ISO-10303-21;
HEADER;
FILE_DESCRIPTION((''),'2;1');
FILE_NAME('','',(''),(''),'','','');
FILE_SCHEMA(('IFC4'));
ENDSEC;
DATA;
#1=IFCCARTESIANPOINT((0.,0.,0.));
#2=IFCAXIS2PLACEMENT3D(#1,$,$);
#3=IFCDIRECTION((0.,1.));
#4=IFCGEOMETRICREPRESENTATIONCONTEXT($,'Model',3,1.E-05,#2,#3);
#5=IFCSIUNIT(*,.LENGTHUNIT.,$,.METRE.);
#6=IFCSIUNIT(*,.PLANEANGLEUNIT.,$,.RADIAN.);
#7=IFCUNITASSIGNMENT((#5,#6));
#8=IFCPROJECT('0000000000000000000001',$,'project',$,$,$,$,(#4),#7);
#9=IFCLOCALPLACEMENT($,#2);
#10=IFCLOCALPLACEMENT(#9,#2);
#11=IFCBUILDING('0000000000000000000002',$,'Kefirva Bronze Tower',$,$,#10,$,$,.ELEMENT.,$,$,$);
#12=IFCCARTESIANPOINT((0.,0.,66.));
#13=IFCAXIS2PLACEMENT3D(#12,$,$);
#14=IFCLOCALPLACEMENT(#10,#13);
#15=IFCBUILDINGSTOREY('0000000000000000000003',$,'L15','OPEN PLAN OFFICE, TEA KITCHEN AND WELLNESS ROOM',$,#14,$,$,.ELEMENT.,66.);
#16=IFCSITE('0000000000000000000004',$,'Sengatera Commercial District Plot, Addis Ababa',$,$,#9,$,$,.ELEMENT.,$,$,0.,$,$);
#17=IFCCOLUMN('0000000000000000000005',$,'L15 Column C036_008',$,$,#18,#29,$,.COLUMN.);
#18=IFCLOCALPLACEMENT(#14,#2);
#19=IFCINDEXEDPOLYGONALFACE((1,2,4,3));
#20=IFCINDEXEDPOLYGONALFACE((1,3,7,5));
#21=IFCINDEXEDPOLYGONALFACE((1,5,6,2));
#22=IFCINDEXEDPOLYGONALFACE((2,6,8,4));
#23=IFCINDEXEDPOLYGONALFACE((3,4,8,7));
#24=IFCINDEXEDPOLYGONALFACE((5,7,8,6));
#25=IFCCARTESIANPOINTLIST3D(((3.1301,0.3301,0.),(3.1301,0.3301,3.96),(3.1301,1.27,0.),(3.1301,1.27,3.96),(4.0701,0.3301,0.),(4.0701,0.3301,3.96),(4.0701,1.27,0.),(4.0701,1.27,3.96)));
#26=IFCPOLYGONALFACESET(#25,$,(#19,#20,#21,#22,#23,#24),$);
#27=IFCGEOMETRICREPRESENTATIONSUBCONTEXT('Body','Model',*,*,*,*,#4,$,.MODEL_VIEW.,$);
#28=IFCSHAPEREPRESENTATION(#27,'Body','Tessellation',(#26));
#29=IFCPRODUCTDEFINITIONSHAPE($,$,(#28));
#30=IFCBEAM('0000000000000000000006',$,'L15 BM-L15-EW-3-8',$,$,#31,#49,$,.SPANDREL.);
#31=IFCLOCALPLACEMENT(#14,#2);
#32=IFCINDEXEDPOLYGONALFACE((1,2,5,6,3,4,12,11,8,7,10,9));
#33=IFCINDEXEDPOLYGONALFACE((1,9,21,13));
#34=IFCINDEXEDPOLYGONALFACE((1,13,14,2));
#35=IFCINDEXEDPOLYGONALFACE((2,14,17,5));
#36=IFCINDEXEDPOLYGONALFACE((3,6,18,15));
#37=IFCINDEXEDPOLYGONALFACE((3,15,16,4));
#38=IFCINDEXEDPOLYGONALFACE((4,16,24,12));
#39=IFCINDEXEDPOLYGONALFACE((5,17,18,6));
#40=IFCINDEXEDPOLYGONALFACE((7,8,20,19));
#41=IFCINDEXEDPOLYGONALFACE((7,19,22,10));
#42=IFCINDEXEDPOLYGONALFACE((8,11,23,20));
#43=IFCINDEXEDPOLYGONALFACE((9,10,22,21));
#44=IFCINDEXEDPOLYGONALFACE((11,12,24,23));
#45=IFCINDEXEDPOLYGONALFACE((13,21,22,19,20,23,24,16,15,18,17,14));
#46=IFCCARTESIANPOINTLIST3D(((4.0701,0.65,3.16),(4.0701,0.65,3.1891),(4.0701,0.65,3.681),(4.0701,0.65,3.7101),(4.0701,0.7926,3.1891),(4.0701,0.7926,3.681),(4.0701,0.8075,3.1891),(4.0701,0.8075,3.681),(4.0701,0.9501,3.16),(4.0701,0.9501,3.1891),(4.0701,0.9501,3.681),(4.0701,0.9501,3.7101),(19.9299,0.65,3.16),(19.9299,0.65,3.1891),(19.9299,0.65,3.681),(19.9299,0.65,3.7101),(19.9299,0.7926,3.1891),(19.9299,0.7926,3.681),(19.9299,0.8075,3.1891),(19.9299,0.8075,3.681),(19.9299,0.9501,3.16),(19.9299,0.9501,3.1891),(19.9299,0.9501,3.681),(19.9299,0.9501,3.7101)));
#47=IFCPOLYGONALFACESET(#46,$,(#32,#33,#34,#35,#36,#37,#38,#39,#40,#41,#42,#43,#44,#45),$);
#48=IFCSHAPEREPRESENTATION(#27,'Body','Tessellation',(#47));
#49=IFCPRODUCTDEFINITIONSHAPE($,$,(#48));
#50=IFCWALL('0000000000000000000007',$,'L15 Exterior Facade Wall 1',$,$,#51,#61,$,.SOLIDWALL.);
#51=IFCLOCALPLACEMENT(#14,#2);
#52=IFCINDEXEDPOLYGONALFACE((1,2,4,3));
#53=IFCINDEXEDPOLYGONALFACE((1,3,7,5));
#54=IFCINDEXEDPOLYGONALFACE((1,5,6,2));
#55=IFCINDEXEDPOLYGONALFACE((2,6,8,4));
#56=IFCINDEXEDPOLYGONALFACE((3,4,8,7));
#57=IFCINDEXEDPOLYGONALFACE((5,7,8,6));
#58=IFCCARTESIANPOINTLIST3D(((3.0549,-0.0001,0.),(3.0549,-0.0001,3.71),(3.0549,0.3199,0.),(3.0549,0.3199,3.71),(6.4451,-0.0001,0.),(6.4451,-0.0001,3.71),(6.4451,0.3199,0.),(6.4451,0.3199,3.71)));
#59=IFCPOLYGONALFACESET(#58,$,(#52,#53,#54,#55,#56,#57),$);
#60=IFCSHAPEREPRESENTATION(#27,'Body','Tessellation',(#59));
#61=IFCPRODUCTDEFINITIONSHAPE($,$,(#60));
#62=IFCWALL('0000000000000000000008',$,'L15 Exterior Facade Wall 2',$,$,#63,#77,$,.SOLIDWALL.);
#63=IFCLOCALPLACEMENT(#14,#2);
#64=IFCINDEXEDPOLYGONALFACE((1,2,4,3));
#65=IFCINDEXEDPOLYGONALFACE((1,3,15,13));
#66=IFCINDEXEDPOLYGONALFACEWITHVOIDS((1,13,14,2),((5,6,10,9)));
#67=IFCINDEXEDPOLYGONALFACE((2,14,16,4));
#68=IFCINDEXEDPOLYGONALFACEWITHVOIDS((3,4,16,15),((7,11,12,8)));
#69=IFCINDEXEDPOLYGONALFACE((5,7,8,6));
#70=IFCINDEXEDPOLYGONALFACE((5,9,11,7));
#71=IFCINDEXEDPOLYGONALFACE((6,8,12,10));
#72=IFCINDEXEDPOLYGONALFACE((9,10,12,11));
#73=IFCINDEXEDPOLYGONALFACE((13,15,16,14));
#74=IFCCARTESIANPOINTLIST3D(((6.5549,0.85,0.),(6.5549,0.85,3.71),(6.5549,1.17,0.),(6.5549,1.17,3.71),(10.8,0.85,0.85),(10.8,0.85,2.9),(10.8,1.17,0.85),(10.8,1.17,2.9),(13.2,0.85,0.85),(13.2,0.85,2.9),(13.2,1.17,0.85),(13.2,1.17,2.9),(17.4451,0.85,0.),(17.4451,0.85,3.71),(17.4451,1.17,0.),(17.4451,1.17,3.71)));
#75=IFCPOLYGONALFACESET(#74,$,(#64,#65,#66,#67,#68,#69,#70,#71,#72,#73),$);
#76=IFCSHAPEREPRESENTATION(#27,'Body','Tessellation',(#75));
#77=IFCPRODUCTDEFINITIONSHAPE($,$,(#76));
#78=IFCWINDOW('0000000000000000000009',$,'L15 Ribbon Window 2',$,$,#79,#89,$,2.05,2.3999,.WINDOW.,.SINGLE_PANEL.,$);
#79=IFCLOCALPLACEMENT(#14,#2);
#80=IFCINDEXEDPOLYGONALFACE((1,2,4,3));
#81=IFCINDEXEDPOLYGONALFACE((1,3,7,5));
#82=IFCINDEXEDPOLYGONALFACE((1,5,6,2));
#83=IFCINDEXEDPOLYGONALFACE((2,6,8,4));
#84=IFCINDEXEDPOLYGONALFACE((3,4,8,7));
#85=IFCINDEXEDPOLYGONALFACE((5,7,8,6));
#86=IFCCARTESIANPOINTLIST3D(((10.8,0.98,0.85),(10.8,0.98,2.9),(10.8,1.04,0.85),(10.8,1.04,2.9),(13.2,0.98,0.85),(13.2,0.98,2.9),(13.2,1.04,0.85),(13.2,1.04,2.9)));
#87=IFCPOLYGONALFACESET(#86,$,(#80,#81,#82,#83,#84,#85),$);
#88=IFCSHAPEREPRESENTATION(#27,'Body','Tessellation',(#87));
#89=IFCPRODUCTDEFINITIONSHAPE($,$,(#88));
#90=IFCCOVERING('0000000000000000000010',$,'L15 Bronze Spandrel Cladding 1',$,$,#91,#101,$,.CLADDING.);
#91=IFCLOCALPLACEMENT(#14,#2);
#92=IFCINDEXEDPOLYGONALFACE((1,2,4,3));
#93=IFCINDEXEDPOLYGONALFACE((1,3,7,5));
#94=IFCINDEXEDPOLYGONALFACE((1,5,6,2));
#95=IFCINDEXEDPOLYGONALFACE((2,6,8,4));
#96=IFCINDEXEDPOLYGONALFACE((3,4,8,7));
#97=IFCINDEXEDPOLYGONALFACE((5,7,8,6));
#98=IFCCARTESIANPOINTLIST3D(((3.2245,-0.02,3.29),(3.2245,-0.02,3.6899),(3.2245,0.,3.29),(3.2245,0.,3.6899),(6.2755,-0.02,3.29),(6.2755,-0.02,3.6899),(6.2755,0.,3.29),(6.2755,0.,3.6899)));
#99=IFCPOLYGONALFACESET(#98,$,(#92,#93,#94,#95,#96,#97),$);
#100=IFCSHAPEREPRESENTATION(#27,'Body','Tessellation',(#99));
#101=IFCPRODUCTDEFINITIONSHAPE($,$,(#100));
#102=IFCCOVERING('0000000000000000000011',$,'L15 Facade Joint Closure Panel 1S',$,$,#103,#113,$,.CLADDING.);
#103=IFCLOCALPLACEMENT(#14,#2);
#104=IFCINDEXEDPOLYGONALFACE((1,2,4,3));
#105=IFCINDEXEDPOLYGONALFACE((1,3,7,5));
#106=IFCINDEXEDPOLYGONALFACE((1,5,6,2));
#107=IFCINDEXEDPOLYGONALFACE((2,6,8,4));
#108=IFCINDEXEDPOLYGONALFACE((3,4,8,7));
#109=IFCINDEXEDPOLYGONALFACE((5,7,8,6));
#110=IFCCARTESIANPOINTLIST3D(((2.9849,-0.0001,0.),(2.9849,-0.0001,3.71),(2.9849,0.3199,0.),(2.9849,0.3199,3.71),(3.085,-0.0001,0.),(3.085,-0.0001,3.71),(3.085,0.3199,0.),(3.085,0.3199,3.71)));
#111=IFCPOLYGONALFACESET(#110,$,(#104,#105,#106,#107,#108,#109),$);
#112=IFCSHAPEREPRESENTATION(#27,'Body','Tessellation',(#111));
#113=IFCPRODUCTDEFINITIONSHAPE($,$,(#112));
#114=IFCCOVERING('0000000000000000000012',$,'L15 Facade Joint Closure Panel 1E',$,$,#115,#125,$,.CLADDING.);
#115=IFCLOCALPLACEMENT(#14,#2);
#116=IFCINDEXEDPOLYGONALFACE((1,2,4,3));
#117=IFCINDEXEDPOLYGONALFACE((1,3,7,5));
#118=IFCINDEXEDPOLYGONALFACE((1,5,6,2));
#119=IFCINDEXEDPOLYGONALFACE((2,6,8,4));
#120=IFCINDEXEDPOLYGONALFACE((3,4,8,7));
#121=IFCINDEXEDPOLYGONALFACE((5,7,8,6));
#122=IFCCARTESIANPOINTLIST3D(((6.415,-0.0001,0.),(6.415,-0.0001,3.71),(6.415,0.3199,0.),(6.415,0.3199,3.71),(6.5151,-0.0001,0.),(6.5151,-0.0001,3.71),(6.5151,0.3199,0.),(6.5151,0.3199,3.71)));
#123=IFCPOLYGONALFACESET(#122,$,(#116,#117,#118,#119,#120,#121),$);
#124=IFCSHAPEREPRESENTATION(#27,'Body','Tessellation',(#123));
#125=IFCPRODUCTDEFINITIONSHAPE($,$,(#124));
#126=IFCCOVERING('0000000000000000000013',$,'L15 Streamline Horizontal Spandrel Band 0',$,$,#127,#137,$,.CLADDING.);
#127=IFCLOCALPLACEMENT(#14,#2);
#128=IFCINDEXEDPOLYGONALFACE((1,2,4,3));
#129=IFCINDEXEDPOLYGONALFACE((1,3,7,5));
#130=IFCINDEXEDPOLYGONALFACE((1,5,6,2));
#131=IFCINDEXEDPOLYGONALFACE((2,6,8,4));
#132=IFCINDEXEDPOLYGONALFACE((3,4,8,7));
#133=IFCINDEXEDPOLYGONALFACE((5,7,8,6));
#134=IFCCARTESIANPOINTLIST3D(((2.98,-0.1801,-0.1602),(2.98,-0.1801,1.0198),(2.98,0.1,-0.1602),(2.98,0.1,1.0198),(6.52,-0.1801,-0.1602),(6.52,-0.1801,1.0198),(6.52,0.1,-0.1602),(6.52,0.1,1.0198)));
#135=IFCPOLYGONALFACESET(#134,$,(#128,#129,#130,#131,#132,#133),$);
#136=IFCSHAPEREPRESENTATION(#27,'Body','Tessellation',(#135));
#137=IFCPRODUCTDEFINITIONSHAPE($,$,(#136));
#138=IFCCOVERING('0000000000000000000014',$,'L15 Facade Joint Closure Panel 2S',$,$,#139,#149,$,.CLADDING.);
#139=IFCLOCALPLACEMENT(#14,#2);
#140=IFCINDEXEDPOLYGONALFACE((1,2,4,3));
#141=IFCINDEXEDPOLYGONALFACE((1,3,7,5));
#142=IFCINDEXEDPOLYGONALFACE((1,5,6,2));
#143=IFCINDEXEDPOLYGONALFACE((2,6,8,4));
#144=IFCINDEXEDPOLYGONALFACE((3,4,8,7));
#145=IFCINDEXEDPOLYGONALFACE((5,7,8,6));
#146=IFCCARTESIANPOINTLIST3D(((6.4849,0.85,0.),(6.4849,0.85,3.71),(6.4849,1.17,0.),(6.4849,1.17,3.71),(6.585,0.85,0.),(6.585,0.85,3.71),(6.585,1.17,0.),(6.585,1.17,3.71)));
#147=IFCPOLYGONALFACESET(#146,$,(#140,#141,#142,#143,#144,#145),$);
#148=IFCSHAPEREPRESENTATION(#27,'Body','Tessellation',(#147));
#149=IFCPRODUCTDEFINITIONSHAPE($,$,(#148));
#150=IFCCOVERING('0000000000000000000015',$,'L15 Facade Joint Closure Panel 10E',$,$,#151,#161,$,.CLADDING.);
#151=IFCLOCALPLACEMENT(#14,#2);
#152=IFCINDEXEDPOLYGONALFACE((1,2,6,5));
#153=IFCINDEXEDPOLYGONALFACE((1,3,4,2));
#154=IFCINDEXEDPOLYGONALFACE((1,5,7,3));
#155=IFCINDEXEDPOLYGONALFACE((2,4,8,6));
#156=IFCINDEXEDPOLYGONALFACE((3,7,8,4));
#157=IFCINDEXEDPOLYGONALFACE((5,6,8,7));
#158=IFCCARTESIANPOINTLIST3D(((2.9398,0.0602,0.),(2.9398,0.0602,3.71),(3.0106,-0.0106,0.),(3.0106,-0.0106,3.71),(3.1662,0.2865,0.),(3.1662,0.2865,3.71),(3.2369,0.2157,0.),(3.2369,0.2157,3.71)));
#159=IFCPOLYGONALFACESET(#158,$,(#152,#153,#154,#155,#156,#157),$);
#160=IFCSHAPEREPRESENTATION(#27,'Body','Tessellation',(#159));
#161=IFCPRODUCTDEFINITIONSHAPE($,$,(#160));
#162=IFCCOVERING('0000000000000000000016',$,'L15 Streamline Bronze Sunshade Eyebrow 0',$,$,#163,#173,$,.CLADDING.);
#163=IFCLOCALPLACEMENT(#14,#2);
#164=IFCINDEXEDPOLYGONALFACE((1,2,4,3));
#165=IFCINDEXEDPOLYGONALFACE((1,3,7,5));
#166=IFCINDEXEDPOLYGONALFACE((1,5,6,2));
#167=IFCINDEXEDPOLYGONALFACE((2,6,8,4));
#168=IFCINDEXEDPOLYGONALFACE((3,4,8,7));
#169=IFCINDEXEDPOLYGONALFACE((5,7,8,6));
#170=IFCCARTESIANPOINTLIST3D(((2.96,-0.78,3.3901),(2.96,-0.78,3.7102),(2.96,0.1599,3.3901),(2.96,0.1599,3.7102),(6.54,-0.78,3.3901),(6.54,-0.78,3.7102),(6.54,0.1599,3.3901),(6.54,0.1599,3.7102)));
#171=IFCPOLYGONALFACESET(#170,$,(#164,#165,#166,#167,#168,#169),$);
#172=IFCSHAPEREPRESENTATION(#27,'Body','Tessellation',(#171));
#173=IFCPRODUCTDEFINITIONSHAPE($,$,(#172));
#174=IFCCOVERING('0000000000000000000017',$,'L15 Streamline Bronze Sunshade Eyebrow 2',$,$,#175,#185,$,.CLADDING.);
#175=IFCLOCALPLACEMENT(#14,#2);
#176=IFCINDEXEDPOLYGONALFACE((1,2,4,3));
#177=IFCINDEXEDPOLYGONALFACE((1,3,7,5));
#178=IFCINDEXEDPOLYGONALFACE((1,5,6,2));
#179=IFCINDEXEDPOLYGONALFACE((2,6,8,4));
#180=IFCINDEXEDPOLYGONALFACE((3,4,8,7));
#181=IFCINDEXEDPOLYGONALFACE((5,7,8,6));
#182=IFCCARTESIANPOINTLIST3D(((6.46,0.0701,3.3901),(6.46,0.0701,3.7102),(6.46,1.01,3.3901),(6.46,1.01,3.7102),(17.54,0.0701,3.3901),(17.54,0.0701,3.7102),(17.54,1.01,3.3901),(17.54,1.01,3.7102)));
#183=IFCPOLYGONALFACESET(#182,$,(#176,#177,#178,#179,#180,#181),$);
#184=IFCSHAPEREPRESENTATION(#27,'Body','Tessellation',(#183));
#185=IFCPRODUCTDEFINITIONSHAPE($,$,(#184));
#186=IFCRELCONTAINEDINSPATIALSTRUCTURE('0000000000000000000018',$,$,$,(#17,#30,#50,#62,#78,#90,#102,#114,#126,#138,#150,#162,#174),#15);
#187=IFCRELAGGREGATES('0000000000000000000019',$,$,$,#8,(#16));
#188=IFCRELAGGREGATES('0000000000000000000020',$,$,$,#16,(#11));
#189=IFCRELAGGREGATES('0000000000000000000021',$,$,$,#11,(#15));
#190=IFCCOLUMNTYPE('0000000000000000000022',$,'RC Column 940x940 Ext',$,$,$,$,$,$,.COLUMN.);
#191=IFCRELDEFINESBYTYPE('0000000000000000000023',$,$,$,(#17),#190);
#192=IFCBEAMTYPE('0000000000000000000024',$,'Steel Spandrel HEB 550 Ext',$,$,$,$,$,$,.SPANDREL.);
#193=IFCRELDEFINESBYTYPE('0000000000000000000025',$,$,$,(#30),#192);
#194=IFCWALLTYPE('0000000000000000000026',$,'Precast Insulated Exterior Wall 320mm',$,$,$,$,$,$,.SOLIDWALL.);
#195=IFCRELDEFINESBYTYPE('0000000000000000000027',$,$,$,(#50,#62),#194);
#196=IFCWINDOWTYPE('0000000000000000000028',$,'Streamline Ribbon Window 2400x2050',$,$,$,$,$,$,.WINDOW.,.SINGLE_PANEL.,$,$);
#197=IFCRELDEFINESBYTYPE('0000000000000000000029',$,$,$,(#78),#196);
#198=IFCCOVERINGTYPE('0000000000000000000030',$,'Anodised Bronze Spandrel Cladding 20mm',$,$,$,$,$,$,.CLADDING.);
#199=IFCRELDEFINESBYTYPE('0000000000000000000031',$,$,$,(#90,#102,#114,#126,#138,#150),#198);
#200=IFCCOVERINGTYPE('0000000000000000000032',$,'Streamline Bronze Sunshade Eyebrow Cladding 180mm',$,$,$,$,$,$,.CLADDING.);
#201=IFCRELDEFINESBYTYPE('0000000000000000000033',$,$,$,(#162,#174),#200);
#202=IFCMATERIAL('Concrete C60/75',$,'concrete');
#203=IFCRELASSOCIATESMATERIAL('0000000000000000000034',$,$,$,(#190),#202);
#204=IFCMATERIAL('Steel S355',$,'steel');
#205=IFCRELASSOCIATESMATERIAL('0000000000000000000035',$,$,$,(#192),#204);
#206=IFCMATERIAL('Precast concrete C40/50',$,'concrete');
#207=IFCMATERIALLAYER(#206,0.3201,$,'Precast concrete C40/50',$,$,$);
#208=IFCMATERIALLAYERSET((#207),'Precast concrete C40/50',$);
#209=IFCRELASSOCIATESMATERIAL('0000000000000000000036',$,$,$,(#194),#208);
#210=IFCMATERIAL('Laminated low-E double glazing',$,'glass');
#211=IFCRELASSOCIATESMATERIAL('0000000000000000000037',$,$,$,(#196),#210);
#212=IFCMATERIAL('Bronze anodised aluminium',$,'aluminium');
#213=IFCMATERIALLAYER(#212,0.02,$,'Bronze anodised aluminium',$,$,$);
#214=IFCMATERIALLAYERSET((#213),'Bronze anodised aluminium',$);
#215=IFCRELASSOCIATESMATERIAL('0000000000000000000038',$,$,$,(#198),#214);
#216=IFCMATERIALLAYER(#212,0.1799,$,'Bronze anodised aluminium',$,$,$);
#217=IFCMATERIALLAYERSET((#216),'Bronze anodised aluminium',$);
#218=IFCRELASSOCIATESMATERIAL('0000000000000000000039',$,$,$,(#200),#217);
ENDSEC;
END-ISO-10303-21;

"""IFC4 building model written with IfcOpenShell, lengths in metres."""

from ifc_helpers import new_model, si_unit, direction, frame, frame_2d, origin, origin_2d, place, context, subcontext, project, spatial, rectangle, i_section, extrude, material, layer, layer_set, material_profile, profile_set, type_object, element, fill, save


model = new_model("IFC4")

# Units and contexts
model_context = context("Model", 3, precision=1e-05, world=origin(), true_north=direction((0.0, 1.0)))
body_context = subcontext(model_context, "Body", "Model", "MODEL_VIEW")
ifc_project = project(units=[si_unit("LENGTHUNIT", "METRE"), si_unit("PLANEANGLEUNIT", "RADIAN")], contexts=[model_context])

# Site, building, storey
site_placement = place(None, origin())
site = spatial("IfcSite", under=ifc_project, at=site_placement, Name="Sengatera Commercial District Plot, Addis Ababa", CompositionType="ELEMENT", RefElevation=0.0)
building_placement = place(site_placement, origin())
building = spatial("IfcBuilding", under=site, at=building_placement, Name="Kefirva Bronze Tower", CompositionType="ELEMENT")
storey_placement = place(building_placement, frame((0.0, 0.0, 66.0)))
storey = spatial("IfcBuildingStorey", under=building, at=storey_placement, Name="L15", Description="OPEN PLAN OFFICE, TEA KITCHEN AND WELLNESS ROOM", CompositionType="ELEMENT", Elevation=66.0)

# Column
ifc_material_1 = material(Name="Concrete C60/75", Category="concrete")
ifc_material_profile_1 = material_profile(ifc_material_1, rectangle(XDim=0.9399, YDim=0.9399, at=origin_2d()), Name="RC 940x940")
ifc_profile_set_1 = profile_set([ifc_material_profile_1], Name="Concrete C60/75")
column_type = type_object("IfcColumnType", Name="RC Column 940x940 Ext", PredefinedType="COLUMN", material=ifc_profile_set_1)
column_placement = place(storey_placement, frame((3.6001, 0.8, 0.0), z_axis=(0.0, 0.0, 1.0), x_axis=(1.0, 0.0, 0.0)))
element("IfcColumn", 1, at=column_placement, inside=storey, type_object=column_type, Name="L15 Column C036_008", PredefinedType="COLUMN", context=body_context, shape_type="SweptSolid", body=[
    extrude(rectangle(XDim=0.9399, YDim=0.9399, at=origin_2d()), origin(), (0.0, 0.0, 1.0), 3.96),
])

# Beam
ifc_material_2 = material(Name="Steel S355", Category="steel")
ifc_material_profile_2 = material_profile(ifc_material_2, i_section(OverallWidth=0.3, OverallDepth=0.55, WebThickness=0.0149, FlangeThickness=0.0291, at=origin_2d()), Name="HEB 550")
ifc_profile_set_2 = profile_set([ifc_material_profile_2], Name="Steel S355")
beam_type = type_object("IfcBeamType", Name="Steel Spandrel HEB 550 Ext", PredefinedType="SPANDREL", material=ifc_profile_set_2)
beam_placement = place(storey_placement, frame((4.0701, 0.8, 3.4351), z_axis=(1.0, 0.0, 0.0), x_axis=(0.0, 1.0, 0.0)))
element("IfcBeam", 2, at=beam_placement, inside=storey, type_object=beam_type, Name="L15 BM-L15-EW-3-8", PredefinedType="SPANDREL", context=body_context, shape_type="SweptSolid", body=[
    extrude(i_section(OverallWidth=0.3, OverallDepth=0.55, WebThickness=0.0149, FlangeThickness=0.0291, at=origin_2d()), origin(), (0.0, 0.0, 1.0), 15.8599),
])

# Wall
ifc_material_3 = material(Name="Precast concrete C40/50", Category="concrete")
ifc_layer_1 = layer(ifc_material_3, 0.3201, Name="Precast concrete C40/50")
ifc_layer_set_1 = layer_set([ifc_layer_1], Name="Precast concrete C40/50")
wall_type = type_object("IfcWallType", Name="Precast Insulated Exterior Wall 320mm", PredefinedType="SOLIDWALL", material=ifc_layer_set_1)
wall_1_placement = place(storey_placement, frame((3.0549, 0.1599, 0.0), z_axis=(0.0, 0.0, 1.0), x_axis=(1.0, 0.0, 0.0)))
element("IfcWall", 3, at=wall_1_placement, inside=storey, type_object=wall_type, Name="L15 Exterior Facade Wall 1", PredefinedType="SOLIDWALL", context=body_context, shape_type="SweptSolid", body=[
    extrude(rectangle(XDim=3.3901, YDim=0.3201, at=frame_2d((1.6951, 0.0))), origin(), (0.0, 0.0, 1.0), 3.71),
])

# Wall, opening, window
wall_2_placement = place(storey_placement, frame((6.5549, 1.01, 0.0), z_axis=(0.0, 0.0, 1.0), x_axis=(1.0, 0.0, 0.0)))
wall_2 = element("IfcWall", 4, at=wall_2_placement, inside=storey, type_object=wall_type, Name="L15 Exterior Facade Wall 2", PredefinedType="SOLIDWALL", context=body_context, shape_type="SweptSolid", body=[
    extrude(rectangle(XDim=10.8901, YDim=0.3201, at=frame_2d((5.4451, 0.0))), origin(), (0.0, 0.0, 1.0), 3.71),
])
opening_placement = place(wall_2_placement, frame((4.2451, 0.0, 0.8501)))
opening = element("IfcOpeningElement", 5, at=opening_placement, cuts=wall_2, PredefinedType="OPENING", context=body_context, shape_type="SweptSolid", body=[
    extrude(rectangle(XDim=2.3999, YDim=2.05, at=frame_2d((1.2, 1.0249))), frame((0.0, 0.1699, 0.0), z_axis=(0.0, -1.0, 0.0), x_axis=(1.0, 0.0, 0.0)), (0.0, 0.0, 1.0), 0.3401),
])
ifc_material_4 = material(Name="Laminated low-E double glazing", Category="glass")
window_type = type_object("IfcWindowType", Name="Streamline Ribbon Window 2400x2050", PartitioningType="SINGLE_PANEL", PredefinedType="WINDOW", material=ifc_material_4)
window_placement = place(opening_placement, origin())
window = element("IfcWindow", 6, at=window_placement, inside=storey, type_object=window_type, Name="L15 Ribbon Window 2", OverallHeight=2.05, OverallWidth=2.3999, PartitioningType="SINGLE_PANEL", PredefinedType="WINDOW", context=body_context, shape_type="SweptSolid", body=[
    extrude(rectangle(XDim=2.3999, YDim=2.05, at=frame_2d((1.2, 1.0249))), frame((0.0, 0.03, 0.0), z_axis=(0.0, -1.0, 0.0), x_axis=(1.0, 0.0, 0.0)), (0.0, 0.0, 1.0), 0.0601),
])
fill(opening, window)

# Coverings
ifc_material_5 = material(Name="Bronze anodised aluminium", Category="aluminium")
ifc_layer_2 = layer(ifc_material_5, 0.02, Name="Bronze anodised aluminium")
ifc_layer_set_2 = layer_set([ifc_layer_2], Name="Bronze anodised aluminium")
covering_type_1 = type_object("IfcCoveringType", Name="Anodised Bronze Spandrel Cladding 20mm", PredefinedType="CLADDING", material=ifc_layer_set_2)
covering_1_placement = place(storey_placement, frame((4.75, -0.01, 3.29), z_axis=(0.0, 0.0, 1.0), x_axis=(1.0, 0.0, 0.0)))
element("IfcCovering", 7, at=covering_1_placement, inside=storey, type_object=covering_type_1, Name="L15 Bronze Spandrel Cladding 1", PredefinedType="CLADDING", context=body_context, shape_type="SweptSolid", body=[
    extrude(rectangle(XDim=3.051, YDim=0.02, at=origin_2d()), origin(), (0.0, 0.0, 1.0), 0.3999),
])
for number, where, z_axis, x_axis, name in (
    (8, (3.0349, 0.1599, 0.0), (0.0, 0.0, 1.0), (1.0, 0.0, 0.0), "L15 Facade Joint Closure Panel 1S"),
    (9, (6.4651, 0.1599, 0.0), (0.0, 0.0, 1.0), (1.0, 0.0, 0.0), "L15 Facade Joint Closure Panel 1E"),
):
    element("IfcCovering", number, at=place(storey_placement, frame(where, z_axis=z_axis, x_axis=x_axis)), inside=storey, type_object=covering_type_1, Name=name, PredefinedType="CLADDING", context=body_context, shape_type="SweptSolid", body=[
        extrude(rectangle(XDim=0.1001, YDim=0.3201, at=origin_2d()), origin(), (0.0, 0.0, 1.0), 3.71),
    ])
covering_2_placement = place(storey_placement, frame((4.75, -0.04, -0.1602), z_axis=(0.0, 0.0, 1.0), x_axis=(1.0, 0.0, 0.0)))
element("IfcCovering", 10, at=covering_2_placement, inside=storey, type_object=covering_type_1, Name="L15 Streamline Horizontal Spandrel Band 0", PredefinedType="CLADDING", context=body_context, shape_type="SweptSolid", body=[
    extrude(rectangle(XDim=3.54, YDim=0.28, at=origin_2d()), origin(), (0.0, 0.0, 1.0), 1.1799),
])
for number, where, z_axis, x_axis, name in (
    (11, (6.5349, 1.01, 0.0), (0.0, 0.0, 1.0), (1.0, 0.0, 0.0), "L15 Facade Joint Closure Panel 2S"),
    (12, (3.0884, 0.1379, 0.0), (0.0, 0.0, 1.0), (0.707107, -0.707107, 0.0), "L15 Facade Joint Closure Panel 10E"),
):
    element("IfcCovering", number, at=place(storey_placement, frame(where, z_axis=z_axis, x_axis=x_axis)), inside=storey, type_object=covering_type_1, Name=name, PredefinedType="CLADDING", context=body_context, shape_type="SweptSolid", body=[
        extrude(rectangle(XDim=0.1001, YDim=0.3201, at=origin_2d()), origin(), (0.0, 0.0, 1.0), 3.71),
    ])
ifc_layer_3 = layer(ifc_material_5, 0.1799, Name="Bronze anodised aluminium")
ifc_layer_set_3 = layer_set([ifc_layer_3], Name="Bronze anodised aluminium")
covering_type_2 = type_object("IfcCoveringType", Name="Streamline Bronze Sunshade Eyebrow Cladding 180mm", PredefinedType="CLADDING", material=ifc_layer_set_3)
covering_3_placement = place(storey_placement, frame((4.75, -0.3101, 3.3901), z_axis=(0.0, 0.0, 1.0), x_axis=(1.0, 0.0, 0.0)))
element("IfcCovering", 13, at=covering_3_placement, inside=storey, type_object=covering_type_2, Name="L15 Streamline Bronze Sunshade Eyebrow 0", PredefinedType="CLADDING", context=body_context, shape_type="SweptSolid", body=[
    extrude(rectangle(XDim=3.5801, YDim=0.9399, at=origin_2d()), origin(), (0.0, 0.0, 1.0), 0.3201),
])
covering_4_placement = place(storey_placement, frame((12.0, 0.54, 3.3901), z_axis=(0.0, 0.0, 1.0), x_axis=(1.0, 0.0, 0.0)))
element("IfcCovering", 14, at=covering_4_placement, inside=storey, type_object=covering_type_2, Name="L15 Streamline Bronze Sunshade Eyebrow 2", PredefinedType="CLADDING", context=body_context, shape_type="SweptSolid", body=[
    extrude(rectangle(XDim=11.0801, YDim=0.9399, at=origin_2d()), origin(), (0.0, 0.0, 1.0), 0.3201),
])

save(model, "model.ifc")
